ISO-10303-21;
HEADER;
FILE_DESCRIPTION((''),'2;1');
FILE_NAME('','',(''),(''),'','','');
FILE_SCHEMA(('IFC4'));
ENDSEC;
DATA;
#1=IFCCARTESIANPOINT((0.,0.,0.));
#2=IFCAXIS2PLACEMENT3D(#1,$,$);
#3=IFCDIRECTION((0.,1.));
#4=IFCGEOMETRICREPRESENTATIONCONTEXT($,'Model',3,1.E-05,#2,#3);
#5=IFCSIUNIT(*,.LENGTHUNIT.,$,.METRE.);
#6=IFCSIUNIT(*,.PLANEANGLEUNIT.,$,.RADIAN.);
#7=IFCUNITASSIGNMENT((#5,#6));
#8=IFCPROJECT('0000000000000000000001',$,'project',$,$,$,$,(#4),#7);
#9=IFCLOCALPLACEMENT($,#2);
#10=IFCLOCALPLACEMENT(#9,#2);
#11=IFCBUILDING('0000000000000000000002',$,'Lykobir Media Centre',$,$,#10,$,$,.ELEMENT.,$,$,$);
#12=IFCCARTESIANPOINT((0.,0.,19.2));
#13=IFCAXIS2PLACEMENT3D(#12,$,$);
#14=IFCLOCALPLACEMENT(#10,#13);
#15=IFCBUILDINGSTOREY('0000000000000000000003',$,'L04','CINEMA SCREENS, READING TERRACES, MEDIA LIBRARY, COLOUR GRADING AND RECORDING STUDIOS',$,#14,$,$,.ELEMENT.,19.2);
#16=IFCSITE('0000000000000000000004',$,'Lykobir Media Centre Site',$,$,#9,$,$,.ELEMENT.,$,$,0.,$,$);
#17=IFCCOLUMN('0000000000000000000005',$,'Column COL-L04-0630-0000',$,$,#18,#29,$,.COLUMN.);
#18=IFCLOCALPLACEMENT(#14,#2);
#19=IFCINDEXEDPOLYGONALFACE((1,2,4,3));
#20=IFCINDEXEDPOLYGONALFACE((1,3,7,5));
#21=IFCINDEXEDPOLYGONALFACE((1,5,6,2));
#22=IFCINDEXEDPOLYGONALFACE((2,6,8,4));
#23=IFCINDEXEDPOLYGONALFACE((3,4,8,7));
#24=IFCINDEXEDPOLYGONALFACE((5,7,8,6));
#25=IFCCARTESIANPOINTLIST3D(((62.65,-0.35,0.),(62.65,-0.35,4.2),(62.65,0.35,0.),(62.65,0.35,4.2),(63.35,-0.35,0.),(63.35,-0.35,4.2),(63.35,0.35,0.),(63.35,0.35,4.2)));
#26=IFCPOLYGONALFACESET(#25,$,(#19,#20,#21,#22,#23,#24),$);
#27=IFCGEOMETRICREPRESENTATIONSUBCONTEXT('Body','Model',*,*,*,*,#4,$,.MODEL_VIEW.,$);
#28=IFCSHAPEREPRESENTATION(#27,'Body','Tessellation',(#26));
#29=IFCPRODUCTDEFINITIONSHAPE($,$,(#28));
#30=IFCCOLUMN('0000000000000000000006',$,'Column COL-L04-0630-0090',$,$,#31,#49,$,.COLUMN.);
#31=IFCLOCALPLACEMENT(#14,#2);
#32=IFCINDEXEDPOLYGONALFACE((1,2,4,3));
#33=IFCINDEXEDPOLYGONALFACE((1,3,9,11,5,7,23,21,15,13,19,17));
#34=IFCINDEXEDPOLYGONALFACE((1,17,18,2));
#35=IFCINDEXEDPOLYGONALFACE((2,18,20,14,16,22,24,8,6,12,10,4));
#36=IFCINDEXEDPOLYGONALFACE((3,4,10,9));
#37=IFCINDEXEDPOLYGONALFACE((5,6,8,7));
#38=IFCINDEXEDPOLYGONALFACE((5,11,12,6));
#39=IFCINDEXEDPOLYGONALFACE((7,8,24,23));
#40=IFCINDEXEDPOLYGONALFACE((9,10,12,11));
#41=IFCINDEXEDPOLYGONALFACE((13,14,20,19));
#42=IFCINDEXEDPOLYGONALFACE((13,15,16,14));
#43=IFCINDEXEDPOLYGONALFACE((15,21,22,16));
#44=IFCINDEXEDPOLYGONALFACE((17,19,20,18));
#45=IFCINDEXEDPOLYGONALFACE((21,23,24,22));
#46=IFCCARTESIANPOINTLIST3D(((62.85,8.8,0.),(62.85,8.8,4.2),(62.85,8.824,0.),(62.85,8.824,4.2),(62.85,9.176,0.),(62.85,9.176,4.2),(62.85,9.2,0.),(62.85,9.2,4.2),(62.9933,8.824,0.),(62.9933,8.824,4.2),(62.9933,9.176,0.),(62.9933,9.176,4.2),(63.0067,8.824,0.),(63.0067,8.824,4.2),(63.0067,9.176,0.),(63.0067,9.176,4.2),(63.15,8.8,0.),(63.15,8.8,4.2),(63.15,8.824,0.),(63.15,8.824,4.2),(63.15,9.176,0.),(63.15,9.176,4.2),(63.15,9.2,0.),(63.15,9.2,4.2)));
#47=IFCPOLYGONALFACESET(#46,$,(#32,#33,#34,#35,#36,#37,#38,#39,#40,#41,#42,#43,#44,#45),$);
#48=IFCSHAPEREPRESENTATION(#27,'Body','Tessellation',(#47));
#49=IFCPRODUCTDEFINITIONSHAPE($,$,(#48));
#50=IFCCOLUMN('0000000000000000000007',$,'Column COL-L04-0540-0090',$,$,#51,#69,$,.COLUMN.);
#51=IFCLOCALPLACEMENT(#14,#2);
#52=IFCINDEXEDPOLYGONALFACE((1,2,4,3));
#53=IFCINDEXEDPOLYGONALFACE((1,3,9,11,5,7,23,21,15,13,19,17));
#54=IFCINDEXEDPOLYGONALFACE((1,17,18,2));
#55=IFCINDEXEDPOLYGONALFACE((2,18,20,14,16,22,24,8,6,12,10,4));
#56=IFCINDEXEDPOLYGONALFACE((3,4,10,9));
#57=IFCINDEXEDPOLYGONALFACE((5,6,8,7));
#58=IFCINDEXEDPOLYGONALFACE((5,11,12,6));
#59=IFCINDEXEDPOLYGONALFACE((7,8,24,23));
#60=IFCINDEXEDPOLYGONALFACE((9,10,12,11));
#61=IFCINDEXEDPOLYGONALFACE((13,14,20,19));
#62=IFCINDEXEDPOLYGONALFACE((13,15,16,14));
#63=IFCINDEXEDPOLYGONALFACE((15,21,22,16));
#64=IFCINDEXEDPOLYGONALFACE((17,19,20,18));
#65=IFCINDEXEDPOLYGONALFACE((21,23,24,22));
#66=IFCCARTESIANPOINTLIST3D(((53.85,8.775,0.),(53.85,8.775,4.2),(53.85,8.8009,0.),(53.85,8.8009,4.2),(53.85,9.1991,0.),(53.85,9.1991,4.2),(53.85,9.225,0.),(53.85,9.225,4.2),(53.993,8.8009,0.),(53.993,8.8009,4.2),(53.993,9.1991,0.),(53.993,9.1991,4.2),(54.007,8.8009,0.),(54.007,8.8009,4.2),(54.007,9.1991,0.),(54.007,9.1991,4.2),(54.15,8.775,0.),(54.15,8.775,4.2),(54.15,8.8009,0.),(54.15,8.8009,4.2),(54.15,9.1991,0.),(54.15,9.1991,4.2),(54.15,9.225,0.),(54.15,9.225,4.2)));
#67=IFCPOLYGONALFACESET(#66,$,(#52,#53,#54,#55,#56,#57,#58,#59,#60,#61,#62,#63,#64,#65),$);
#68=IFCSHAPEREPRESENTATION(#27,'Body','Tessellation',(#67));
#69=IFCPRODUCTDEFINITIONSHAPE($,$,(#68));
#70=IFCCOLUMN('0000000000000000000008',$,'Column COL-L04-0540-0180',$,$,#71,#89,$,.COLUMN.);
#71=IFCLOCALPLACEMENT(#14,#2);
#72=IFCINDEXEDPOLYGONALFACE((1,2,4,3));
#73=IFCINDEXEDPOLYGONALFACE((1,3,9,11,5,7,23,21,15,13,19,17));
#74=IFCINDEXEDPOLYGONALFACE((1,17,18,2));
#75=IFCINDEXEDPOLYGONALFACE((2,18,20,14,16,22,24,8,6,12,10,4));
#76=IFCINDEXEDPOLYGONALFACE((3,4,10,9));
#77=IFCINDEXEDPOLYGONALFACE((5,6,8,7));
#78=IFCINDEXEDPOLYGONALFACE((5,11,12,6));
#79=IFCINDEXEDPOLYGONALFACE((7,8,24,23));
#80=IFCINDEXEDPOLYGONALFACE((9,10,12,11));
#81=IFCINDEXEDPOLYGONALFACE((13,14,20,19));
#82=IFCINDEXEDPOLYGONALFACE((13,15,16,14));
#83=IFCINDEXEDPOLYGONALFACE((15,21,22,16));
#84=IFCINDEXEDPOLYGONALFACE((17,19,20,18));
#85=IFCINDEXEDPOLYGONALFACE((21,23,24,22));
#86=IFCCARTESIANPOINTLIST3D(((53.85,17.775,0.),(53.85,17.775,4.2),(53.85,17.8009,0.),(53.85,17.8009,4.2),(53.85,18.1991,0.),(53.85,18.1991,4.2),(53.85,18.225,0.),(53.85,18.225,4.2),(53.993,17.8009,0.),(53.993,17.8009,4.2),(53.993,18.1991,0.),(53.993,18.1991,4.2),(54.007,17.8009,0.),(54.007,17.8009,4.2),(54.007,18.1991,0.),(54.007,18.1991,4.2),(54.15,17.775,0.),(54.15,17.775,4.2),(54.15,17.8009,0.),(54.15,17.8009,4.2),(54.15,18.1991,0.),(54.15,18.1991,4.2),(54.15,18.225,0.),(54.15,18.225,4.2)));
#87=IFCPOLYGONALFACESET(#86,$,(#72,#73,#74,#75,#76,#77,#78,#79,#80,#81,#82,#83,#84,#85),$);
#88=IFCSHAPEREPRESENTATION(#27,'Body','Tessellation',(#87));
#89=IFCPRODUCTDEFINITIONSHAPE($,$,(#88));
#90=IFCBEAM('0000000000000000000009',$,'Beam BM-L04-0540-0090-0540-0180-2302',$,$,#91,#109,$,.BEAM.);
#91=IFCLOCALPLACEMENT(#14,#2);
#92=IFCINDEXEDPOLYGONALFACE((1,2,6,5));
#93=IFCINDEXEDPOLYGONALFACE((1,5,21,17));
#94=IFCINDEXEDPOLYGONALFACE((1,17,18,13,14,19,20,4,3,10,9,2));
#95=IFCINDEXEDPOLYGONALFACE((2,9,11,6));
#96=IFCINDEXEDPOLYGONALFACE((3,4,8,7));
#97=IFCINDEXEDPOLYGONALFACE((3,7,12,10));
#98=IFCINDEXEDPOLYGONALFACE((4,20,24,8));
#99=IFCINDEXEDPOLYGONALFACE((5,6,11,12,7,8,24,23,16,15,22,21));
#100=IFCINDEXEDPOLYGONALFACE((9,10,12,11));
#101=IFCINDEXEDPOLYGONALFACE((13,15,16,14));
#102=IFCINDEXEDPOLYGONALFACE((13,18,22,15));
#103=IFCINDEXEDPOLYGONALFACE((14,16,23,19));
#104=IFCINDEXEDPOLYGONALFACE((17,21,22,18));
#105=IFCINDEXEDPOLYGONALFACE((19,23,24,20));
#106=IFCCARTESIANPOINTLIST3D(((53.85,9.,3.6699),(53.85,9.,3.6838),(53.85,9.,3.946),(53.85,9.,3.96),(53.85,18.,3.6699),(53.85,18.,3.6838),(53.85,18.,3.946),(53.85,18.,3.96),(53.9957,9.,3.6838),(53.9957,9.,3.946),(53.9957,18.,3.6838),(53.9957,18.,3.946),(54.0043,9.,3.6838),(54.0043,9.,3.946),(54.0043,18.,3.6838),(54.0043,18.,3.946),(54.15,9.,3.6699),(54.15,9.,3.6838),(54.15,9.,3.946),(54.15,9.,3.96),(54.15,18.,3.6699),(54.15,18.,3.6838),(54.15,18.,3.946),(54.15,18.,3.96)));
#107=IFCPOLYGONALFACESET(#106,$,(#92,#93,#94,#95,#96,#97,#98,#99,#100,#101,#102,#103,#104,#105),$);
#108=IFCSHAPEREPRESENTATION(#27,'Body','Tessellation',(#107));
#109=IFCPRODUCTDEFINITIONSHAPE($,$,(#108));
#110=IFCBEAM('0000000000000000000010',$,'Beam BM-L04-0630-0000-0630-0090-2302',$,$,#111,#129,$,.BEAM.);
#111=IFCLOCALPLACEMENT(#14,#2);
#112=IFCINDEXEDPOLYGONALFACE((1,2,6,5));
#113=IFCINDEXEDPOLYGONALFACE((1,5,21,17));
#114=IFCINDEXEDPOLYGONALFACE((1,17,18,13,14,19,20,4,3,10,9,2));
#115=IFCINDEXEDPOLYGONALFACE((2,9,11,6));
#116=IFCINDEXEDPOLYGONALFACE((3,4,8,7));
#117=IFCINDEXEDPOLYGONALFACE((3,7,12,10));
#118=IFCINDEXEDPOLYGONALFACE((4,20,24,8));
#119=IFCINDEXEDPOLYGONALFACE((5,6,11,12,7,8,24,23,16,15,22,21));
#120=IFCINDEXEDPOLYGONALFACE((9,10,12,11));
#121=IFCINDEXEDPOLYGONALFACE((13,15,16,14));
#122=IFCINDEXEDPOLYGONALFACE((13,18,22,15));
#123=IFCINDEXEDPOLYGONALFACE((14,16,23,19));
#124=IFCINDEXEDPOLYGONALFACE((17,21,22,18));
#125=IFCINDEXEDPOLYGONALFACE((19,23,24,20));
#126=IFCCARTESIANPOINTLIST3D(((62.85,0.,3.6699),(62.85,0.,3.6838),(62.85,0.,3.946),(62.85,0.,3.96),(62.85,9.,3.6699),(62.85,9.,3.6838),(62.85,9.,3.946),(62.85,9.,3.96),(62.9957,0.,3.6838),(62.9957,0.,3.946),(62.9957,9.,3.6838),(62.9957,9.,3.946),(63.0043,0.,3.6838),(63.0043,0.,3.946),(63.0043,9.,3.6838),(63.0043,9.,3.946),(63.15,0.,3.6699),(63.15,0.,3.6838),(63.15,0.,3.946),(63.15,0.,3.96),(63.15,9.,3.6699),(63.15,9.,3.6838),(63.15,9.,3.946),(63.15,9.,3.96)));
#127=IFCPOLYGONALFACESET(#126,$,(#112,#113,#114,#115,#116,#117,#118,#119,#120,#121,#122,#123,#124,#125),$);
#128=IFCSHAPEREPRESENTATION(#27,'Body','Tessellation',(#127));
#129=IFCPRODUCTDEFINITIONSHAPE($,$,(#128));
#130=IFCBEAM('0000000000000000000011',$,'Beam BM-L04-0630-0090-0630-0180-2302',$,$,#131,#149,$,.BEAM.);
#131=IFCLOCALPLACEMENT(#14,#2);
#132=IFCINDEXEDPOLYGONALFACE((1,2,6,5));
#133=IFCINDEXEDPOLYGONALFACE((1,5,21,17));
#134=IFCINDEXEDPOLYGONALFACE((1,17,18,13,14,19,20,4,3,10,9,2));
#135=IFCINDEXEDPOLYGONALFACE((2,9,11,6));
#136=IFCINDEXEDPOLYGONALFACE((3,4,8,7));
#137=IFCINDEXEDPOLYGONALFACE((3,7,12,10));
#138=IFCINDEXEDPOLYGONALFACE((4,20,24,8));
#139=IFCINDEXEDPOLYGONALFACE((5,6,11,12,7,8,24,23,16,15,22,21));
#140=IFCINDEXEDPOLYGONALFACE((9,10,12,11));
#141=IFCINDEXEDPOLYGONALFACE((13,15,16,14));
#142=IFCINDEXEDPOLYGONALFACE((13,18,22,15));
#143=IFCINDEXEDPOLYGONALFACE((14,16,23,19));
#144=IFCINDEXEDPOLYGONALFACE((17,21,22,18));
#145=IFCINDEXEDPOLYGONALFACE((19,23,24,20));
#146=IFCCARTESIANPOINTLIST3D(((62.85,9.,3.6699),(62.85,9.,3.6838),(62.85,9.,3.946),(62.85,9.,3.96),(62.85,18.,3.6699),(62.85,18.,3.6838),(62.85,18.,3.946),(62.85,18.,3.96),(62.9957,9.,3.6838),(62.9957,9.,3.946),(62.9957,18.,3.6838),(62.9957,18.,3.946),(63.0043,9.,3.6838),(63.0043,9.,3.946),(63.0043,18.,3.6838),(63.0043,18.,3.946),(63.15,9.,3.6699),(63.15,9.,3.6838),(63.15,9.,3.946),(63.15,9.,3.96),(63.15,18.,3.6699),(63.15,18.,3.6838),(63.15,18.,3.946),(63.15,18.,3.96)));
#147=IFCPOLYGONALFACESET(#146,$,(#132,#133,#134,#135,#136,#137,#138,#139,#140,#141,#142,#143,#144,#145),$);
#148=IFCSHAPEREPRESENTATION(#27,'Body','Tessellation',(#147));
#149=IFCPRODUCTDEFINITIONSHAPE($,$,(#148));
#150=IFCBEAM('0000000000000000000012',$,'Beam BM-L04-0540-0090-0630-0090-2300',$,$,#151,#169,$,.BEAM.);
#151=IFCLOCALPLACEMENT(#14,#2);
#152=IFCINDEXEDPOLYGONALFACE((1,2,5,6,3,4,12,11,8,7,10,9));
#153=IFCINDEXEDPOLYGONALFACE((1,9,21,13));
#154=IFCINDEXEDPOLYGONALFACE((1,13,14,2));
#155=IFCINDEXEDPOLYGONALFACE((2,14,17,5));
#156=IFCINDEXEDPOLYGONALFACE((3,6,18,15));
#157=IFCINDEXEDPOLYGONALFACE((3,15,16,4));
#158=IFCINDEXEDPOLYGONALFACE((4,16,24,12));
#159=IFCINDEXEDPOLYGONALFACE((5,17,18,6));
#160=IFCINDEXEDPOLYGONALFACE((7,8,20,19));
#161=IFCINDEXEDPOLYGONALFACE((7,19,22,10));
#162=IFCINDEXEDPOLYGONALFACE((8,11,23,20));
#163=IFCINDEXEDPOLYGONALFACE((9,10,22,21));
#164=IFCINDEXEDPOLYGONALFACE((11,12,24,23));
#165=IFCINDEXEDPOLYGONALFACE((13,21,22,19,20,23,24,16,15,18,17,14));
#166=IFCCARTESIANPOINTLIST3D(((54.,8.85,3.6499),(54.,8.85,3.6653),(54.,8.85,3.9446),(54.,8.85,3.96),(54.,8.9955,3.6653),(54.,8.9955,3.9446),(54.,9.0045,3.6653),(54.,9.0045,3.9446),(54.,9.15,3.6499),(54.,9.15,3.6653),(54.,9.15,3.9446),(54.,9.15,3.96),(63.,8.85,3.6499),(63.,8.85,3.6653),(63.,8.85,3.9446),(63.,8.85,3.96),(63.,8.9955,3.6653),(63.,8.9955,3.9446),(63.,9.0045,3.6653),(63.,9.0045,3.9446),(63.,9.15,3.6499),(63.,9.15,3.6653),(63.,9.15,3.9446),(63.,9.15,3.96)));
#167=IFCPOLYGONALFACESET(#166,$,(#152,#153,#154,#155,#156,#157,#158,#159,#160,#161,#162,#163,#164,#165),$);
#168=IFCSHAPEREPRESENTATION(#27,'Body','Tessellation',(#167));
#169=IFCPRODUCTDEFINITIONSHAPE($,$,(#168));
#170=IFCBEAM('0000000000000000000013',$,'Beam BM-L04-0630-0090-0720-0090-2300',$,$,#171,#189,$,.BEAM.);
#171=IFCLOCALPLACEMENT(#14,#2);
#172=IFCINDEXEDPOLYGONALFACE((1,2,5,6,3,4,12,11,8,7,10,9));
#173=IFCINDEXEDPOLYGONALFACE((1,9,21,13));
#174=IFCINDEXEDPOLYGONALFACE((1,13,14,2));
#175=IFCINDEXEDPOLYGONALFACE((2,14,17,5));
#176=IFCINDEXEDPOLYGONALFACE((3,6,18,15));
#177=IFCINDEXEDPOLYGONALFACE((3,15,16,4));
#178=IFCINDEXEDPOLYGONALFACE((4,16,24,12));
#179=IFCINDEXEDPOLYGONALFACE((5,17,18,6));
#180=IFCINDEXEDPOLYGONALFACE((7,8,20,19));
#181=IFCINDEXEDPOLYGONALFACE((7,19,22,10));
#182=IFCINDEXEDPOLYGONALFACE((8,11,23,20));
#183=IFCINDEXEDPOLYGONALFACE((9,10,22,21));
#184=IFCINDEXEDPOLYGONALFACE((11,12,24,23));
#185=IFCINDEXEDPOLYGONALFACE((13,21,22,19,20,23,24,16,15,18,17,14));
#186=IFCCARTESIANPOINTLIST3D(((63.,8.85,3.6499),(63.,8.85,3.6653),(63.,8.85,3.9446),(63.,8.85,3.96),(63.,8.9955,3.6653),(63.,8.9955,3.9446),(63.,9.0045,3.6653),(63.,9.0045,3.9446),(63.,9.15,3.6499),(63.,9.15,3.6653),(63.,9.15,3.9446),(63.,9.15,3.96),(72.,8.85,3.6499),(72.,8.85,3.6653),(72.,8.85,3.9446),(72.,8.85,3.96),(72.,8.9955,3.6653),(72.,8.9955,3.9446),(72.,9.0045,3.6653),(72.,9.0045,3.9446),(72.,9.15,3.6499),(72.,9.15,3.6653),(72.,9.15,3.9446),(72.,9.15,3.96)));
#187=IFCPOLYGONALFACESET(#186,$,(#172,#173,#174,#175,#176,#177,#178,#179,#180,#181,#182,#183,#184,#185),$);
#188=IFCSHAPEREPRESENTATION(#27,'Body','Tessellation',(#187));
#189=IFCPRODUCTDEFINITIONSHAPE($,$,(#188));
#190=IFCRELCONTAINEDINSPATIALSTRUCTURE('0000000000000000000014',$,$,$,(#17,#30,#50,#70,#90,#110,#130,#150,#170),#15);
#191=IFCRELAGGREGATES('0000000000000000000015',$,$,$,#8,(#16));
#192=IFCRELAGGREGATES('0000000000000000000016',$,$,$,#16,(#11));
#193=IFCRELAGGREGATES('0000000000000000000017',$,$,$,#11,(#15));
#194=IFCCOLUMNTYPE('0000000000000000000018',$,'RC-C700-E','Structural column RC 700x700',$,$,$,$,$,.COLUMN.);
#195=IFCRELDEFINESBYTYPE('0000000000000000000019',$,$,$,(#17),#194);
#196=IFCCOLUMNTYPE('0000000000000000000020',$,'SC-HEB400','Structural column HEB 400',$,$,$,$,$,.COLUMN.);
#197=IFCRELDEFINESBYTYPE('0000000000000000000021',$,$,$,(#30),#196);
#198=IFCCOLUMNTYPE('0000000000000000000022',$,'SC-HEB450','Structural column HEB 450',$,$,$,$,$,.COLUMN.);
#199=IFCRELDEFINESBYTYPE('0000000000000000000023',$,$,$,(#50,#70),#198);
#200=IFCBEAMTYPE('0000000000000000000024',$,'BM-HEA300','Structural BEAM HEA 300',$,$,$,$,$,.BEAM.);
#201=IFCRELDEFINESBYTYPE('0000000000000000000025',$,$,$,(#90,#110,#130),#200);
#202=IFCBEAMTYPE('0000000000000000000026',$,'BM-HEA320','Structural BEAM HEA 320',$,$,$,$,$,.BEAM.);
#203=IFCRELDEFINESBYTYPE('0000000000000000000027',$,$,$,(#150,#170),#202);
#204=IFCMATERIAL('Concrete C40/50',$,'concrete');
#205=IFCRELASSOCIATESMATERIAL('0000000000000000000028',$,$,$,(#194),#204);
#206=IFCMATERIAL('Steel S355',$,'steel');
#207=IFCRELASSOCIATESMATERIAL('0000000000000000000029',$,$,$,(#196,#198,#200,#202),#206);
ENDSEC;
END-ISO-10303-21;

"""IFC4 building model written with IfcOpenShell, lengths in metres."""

from ifc_helpers import new_model, si_unit, direction, frame, origin, origin_2d, place, context, subcontext, project, spatial, rectangle, i_section, extrude, material, material_profile, profile_set, type_object, element, save


model = new_model("IFC4")

# Units and contexts
model_context = context("Model", 3, precision=1e-05, world=origin(), true_north=direction((0.0, 1.0)))
body_context = subcontext(model_context, "Body", "Model", "MODEL_VIEW")
ifc_project = project(units=[si_unit("LENGTHUNIT", "METRE"), si_unit("PLANEANGLEUNIT", "RADIAN")], contexts=[model_context])

# Site, building, storey
site_placement = place(None, origin())
site = spatial("IfcSite", under=ifc_project, at=site_placement, Name="Lykobir Media Centre Site", CompositionType="ELEMENT", RefElevation=0.0)
building_placement = place(site_placement, origin())
building = spatial("IfcBuilding", under=site, at=building_placement, Name="Lykobir Media Centre", CompositionType="ELEMENT")
storey_placement = place(building_placement, frame((0.0, 0.0, 19.2)))
storey = spatial("IfcBuildingStorey", under=building, at=storey_placement, Name="L04", Description="CINEMA SCREENS, READING TERRACES, MEDIA LIBRARY, COLOUR GRADING AND RECORDING STUDIOS", CompositionType="ELEMENT", Elevation=19.2)

# Columns
ifc_material_1 = material(Name="Concrete C40/50", Category="concrete")
ifc_material_profile_1 = material_profile(ifc_material_1, rectangle(XDim=0.7, YDim=0.7, at=origin_2d()), Name="RC 700x700")
ifc_profile_set_1 = profile_set([ifc_material_profile_1], Name="Concrete C40/50")
column_type_1 = type_object("IfcColumnType", Name="RC-C700-E", Description="Structural column RC 700x700", PredefinedType="COLUMN", material=ifc_profile_set_1)
column_1_placement = place(storey_placement, frame((63.0, 0.0, 0.0), z_axis=(0.0, 0.0, 1.0), x_axis=(1.0, 0.0, 0.0)))
element("IfcColumn", 1, at=column_1_placement, inside=storey, type_object=column_type_1, Name="Column COL-L04-0630-0000", PredefinedType="COLUMN", context=body_context, shape_type="SweptSolid", body=[
    extrude(rectangle(XDim=0.7, YDim=0.7, at=origin_2d()), origin(), (0.0, 0.0, 1.0), 4.2),
])
ifc_material_2 = material(Name="Steel S355", Category="steel")
ifc_material_profile_2 = material_profile(ifc_material_2, i_section(OverallWidth=0.3, OverallDepth=0.3999, WebThickness=0.0134, FlangeThickness=0.0239, at=origin_2d()), Name="HEB 400")
ifc_profile_set_2 = profile_set([ifc_material_profile_2], Name="Steel S355")
column_type_2 = type_object("IfcColumnType", Name="SC-HEB400", Description="Structural column HEB 400", PredefinedType="COLUMN", material=ifc_profile_set_2)
column_2_placement = place(storey_placement, frame((63.0, 9.0, 0.0), z_axis=(0.0, 0.0, 1.0), x_axis=(1.0, 0.0, 0.0)))
element("IfcColumn", 2, at=column_2_placement, inside=storey, type_object=column_type_2, Name="Column COL-L04-0630-0090", PredefinedType="COLUMN", context=body_context, shape_type="SweptSolid", body=[
    extrude(i_section(OverallWidth=0.3, OverallDepth=0.3999, WebThickness=0.0134, FlangeThickness=0.0239, at=origin_2d()), origin(), (0.0, 0.0, 1.0), 4.2),
])
ifc_material_profile_3 = material_profile(ifc_material_2, i_section(OverallWidth=0.3, OverallDepth=0.45, WebThickness=0.0139, FlangeThickness=0.0259, at=origin_2d()), Name="HEB 450")
ifc_profile_set_3 = profile_set([ifc_material_profile_3], Name="Steel S355")
column_type_3 = type_object("IfcColumnType", Name="SC-HEB450", Description="Structural column HEB 450", PredefinedType="COLUMN", material=ifc_profile_set_3)
for number, where, z_axis, x_axis, name in (
    (3, (54.0, 9.0, 0.0), (0.0, 0.0, 1.0), (1.0, 0.0, 0.0), "Column COL-L04-0540-0090"),
    (4, (54.0, 18.0, 0.0), (0.0, 0.0, 1.0), (1.0, 0.0, 0.0), "Column COL-L04-0540-0180"),
):
    element("IfcColumn", number, at=place(storey_placement, frame(where, z_axis=z_axis, x_axis=x_axis)), inside=storey, type_object=column_type_3, Name=name, PredefinedType="COLUMN", context=body_context, shape_type="SweptSolid", body=[
        extrude(i_section(OverallWidth=0.3, OverallDepth=0.45, WebThickness=0.0139, FlangeThickness=0.0259, at=origin_2d()), origin(), (0.0, 0.0, 1.0), 4.2),
    ])

# Beams
ifc_material_profile_4 = material_profile(ifc_material_2, i_section(OverallWidth=0.3, OverallDepth=0.29, WebThickness=0.0085, FlangeThickness=0.0139, at=origin_2d()), Name="HEA 300")
ifc_profile_set_4 = profile_set([ifc_material_profile_4], Name="Steel S355")
beam_type_1 = type_object("IfcBeamType", Name="BM-HEA300", Description="Structural BEAM HEA 300", PredefinedType="BEAM", material=ifc_profile_set_4)
for number, where, z_axis, x_axis, name in (
    (5, (54.0, 9.0, 3.8149), (0.0, 1.0, 0.0), (-1.0, 0.0, 0.0), "Beam BM-L04-0540-0090-0540-0180-2302"),
    (6, (63.0, 0.0, 3.8149), (0.0, 1.0, 0.0), (-1.0, 0.0, 0.0), "Beam BM-L04-0630-0000-0630-0090-2302"),
    (7, (63.0, 9.0, 3.8149), (0.0, 1.0, 0.0), (-1.0, 0.0, 0.0), "Beam BM-L04-0630-0090-0630-0180-2302"),
):
    element("IfcBeam", number, at=place(storey_placement, frame(where, z_axis=z_axis, x_axis=x_axis)), inside=storey, type_object=beam_type_1, Name=name, PredefinedType="BEAM", context=body_context, shape_type="SweptSolid", body=[
        extrude(i_section(OverallWidth=0.3, OverallDepth=0.29, WebThickness=0.0085, FlangeThickness=0.0139, at=origin_2d()), origin(), (0.0, 0.0, 1.0), 9.0),
    ])
ifc_material_profile_5 = material_profile(ifc_material_2, i_section(OverallWidth=0.3, OverallDepth=0.3101, WebThickness=0.009, FlangeThickness=0.0154, at=origin_2d()), Name="HEA 320")
ifc_profile_set_5 = profile_set([ifc_material_profile_5], Name="Steel S355")
beam_type_2 = type_object("IfcBeamType", Name="BM-HEA320", Description="Structural BEAM HEA 320", PredefinedType="BEAM", material=ifc_profile_set_5)
for number, where, z_axis, x_axis, name in (
    (8, (54.0, 9.0, 3.8049), (1.0, 0.0, 0.0), (0.0, 1.0, 0.0), "Beam BM-L04-0540-0090-0630-0090-2300"),
    (9, (63.0, 9.0, 3.8049), (1.0, 0.0, 0.0), (0.0, 1.0, 0.0), "Beam BM-L04-0630-0090-0720-0090-2300"),
):
    element("IfcBeam", number, at=place(storey_placement, frame(where, z_axis=z_axis, x_axis=x_axis)), inside=storey, type_object=beam_type_2, Name=name, PredefinedType="BEAM", context=body_context, shape_type="SweptSolid", body=[
        extrude(i_section(OverallWidth=0.3, OverallDepth=0.3101, WebThickness=0.009, FlangeThickness=0.0154, at=origin_2d()), origin(), (0.0, 0.0, 1.0), 9.0),
    ])

save(model, "model.ifc")
